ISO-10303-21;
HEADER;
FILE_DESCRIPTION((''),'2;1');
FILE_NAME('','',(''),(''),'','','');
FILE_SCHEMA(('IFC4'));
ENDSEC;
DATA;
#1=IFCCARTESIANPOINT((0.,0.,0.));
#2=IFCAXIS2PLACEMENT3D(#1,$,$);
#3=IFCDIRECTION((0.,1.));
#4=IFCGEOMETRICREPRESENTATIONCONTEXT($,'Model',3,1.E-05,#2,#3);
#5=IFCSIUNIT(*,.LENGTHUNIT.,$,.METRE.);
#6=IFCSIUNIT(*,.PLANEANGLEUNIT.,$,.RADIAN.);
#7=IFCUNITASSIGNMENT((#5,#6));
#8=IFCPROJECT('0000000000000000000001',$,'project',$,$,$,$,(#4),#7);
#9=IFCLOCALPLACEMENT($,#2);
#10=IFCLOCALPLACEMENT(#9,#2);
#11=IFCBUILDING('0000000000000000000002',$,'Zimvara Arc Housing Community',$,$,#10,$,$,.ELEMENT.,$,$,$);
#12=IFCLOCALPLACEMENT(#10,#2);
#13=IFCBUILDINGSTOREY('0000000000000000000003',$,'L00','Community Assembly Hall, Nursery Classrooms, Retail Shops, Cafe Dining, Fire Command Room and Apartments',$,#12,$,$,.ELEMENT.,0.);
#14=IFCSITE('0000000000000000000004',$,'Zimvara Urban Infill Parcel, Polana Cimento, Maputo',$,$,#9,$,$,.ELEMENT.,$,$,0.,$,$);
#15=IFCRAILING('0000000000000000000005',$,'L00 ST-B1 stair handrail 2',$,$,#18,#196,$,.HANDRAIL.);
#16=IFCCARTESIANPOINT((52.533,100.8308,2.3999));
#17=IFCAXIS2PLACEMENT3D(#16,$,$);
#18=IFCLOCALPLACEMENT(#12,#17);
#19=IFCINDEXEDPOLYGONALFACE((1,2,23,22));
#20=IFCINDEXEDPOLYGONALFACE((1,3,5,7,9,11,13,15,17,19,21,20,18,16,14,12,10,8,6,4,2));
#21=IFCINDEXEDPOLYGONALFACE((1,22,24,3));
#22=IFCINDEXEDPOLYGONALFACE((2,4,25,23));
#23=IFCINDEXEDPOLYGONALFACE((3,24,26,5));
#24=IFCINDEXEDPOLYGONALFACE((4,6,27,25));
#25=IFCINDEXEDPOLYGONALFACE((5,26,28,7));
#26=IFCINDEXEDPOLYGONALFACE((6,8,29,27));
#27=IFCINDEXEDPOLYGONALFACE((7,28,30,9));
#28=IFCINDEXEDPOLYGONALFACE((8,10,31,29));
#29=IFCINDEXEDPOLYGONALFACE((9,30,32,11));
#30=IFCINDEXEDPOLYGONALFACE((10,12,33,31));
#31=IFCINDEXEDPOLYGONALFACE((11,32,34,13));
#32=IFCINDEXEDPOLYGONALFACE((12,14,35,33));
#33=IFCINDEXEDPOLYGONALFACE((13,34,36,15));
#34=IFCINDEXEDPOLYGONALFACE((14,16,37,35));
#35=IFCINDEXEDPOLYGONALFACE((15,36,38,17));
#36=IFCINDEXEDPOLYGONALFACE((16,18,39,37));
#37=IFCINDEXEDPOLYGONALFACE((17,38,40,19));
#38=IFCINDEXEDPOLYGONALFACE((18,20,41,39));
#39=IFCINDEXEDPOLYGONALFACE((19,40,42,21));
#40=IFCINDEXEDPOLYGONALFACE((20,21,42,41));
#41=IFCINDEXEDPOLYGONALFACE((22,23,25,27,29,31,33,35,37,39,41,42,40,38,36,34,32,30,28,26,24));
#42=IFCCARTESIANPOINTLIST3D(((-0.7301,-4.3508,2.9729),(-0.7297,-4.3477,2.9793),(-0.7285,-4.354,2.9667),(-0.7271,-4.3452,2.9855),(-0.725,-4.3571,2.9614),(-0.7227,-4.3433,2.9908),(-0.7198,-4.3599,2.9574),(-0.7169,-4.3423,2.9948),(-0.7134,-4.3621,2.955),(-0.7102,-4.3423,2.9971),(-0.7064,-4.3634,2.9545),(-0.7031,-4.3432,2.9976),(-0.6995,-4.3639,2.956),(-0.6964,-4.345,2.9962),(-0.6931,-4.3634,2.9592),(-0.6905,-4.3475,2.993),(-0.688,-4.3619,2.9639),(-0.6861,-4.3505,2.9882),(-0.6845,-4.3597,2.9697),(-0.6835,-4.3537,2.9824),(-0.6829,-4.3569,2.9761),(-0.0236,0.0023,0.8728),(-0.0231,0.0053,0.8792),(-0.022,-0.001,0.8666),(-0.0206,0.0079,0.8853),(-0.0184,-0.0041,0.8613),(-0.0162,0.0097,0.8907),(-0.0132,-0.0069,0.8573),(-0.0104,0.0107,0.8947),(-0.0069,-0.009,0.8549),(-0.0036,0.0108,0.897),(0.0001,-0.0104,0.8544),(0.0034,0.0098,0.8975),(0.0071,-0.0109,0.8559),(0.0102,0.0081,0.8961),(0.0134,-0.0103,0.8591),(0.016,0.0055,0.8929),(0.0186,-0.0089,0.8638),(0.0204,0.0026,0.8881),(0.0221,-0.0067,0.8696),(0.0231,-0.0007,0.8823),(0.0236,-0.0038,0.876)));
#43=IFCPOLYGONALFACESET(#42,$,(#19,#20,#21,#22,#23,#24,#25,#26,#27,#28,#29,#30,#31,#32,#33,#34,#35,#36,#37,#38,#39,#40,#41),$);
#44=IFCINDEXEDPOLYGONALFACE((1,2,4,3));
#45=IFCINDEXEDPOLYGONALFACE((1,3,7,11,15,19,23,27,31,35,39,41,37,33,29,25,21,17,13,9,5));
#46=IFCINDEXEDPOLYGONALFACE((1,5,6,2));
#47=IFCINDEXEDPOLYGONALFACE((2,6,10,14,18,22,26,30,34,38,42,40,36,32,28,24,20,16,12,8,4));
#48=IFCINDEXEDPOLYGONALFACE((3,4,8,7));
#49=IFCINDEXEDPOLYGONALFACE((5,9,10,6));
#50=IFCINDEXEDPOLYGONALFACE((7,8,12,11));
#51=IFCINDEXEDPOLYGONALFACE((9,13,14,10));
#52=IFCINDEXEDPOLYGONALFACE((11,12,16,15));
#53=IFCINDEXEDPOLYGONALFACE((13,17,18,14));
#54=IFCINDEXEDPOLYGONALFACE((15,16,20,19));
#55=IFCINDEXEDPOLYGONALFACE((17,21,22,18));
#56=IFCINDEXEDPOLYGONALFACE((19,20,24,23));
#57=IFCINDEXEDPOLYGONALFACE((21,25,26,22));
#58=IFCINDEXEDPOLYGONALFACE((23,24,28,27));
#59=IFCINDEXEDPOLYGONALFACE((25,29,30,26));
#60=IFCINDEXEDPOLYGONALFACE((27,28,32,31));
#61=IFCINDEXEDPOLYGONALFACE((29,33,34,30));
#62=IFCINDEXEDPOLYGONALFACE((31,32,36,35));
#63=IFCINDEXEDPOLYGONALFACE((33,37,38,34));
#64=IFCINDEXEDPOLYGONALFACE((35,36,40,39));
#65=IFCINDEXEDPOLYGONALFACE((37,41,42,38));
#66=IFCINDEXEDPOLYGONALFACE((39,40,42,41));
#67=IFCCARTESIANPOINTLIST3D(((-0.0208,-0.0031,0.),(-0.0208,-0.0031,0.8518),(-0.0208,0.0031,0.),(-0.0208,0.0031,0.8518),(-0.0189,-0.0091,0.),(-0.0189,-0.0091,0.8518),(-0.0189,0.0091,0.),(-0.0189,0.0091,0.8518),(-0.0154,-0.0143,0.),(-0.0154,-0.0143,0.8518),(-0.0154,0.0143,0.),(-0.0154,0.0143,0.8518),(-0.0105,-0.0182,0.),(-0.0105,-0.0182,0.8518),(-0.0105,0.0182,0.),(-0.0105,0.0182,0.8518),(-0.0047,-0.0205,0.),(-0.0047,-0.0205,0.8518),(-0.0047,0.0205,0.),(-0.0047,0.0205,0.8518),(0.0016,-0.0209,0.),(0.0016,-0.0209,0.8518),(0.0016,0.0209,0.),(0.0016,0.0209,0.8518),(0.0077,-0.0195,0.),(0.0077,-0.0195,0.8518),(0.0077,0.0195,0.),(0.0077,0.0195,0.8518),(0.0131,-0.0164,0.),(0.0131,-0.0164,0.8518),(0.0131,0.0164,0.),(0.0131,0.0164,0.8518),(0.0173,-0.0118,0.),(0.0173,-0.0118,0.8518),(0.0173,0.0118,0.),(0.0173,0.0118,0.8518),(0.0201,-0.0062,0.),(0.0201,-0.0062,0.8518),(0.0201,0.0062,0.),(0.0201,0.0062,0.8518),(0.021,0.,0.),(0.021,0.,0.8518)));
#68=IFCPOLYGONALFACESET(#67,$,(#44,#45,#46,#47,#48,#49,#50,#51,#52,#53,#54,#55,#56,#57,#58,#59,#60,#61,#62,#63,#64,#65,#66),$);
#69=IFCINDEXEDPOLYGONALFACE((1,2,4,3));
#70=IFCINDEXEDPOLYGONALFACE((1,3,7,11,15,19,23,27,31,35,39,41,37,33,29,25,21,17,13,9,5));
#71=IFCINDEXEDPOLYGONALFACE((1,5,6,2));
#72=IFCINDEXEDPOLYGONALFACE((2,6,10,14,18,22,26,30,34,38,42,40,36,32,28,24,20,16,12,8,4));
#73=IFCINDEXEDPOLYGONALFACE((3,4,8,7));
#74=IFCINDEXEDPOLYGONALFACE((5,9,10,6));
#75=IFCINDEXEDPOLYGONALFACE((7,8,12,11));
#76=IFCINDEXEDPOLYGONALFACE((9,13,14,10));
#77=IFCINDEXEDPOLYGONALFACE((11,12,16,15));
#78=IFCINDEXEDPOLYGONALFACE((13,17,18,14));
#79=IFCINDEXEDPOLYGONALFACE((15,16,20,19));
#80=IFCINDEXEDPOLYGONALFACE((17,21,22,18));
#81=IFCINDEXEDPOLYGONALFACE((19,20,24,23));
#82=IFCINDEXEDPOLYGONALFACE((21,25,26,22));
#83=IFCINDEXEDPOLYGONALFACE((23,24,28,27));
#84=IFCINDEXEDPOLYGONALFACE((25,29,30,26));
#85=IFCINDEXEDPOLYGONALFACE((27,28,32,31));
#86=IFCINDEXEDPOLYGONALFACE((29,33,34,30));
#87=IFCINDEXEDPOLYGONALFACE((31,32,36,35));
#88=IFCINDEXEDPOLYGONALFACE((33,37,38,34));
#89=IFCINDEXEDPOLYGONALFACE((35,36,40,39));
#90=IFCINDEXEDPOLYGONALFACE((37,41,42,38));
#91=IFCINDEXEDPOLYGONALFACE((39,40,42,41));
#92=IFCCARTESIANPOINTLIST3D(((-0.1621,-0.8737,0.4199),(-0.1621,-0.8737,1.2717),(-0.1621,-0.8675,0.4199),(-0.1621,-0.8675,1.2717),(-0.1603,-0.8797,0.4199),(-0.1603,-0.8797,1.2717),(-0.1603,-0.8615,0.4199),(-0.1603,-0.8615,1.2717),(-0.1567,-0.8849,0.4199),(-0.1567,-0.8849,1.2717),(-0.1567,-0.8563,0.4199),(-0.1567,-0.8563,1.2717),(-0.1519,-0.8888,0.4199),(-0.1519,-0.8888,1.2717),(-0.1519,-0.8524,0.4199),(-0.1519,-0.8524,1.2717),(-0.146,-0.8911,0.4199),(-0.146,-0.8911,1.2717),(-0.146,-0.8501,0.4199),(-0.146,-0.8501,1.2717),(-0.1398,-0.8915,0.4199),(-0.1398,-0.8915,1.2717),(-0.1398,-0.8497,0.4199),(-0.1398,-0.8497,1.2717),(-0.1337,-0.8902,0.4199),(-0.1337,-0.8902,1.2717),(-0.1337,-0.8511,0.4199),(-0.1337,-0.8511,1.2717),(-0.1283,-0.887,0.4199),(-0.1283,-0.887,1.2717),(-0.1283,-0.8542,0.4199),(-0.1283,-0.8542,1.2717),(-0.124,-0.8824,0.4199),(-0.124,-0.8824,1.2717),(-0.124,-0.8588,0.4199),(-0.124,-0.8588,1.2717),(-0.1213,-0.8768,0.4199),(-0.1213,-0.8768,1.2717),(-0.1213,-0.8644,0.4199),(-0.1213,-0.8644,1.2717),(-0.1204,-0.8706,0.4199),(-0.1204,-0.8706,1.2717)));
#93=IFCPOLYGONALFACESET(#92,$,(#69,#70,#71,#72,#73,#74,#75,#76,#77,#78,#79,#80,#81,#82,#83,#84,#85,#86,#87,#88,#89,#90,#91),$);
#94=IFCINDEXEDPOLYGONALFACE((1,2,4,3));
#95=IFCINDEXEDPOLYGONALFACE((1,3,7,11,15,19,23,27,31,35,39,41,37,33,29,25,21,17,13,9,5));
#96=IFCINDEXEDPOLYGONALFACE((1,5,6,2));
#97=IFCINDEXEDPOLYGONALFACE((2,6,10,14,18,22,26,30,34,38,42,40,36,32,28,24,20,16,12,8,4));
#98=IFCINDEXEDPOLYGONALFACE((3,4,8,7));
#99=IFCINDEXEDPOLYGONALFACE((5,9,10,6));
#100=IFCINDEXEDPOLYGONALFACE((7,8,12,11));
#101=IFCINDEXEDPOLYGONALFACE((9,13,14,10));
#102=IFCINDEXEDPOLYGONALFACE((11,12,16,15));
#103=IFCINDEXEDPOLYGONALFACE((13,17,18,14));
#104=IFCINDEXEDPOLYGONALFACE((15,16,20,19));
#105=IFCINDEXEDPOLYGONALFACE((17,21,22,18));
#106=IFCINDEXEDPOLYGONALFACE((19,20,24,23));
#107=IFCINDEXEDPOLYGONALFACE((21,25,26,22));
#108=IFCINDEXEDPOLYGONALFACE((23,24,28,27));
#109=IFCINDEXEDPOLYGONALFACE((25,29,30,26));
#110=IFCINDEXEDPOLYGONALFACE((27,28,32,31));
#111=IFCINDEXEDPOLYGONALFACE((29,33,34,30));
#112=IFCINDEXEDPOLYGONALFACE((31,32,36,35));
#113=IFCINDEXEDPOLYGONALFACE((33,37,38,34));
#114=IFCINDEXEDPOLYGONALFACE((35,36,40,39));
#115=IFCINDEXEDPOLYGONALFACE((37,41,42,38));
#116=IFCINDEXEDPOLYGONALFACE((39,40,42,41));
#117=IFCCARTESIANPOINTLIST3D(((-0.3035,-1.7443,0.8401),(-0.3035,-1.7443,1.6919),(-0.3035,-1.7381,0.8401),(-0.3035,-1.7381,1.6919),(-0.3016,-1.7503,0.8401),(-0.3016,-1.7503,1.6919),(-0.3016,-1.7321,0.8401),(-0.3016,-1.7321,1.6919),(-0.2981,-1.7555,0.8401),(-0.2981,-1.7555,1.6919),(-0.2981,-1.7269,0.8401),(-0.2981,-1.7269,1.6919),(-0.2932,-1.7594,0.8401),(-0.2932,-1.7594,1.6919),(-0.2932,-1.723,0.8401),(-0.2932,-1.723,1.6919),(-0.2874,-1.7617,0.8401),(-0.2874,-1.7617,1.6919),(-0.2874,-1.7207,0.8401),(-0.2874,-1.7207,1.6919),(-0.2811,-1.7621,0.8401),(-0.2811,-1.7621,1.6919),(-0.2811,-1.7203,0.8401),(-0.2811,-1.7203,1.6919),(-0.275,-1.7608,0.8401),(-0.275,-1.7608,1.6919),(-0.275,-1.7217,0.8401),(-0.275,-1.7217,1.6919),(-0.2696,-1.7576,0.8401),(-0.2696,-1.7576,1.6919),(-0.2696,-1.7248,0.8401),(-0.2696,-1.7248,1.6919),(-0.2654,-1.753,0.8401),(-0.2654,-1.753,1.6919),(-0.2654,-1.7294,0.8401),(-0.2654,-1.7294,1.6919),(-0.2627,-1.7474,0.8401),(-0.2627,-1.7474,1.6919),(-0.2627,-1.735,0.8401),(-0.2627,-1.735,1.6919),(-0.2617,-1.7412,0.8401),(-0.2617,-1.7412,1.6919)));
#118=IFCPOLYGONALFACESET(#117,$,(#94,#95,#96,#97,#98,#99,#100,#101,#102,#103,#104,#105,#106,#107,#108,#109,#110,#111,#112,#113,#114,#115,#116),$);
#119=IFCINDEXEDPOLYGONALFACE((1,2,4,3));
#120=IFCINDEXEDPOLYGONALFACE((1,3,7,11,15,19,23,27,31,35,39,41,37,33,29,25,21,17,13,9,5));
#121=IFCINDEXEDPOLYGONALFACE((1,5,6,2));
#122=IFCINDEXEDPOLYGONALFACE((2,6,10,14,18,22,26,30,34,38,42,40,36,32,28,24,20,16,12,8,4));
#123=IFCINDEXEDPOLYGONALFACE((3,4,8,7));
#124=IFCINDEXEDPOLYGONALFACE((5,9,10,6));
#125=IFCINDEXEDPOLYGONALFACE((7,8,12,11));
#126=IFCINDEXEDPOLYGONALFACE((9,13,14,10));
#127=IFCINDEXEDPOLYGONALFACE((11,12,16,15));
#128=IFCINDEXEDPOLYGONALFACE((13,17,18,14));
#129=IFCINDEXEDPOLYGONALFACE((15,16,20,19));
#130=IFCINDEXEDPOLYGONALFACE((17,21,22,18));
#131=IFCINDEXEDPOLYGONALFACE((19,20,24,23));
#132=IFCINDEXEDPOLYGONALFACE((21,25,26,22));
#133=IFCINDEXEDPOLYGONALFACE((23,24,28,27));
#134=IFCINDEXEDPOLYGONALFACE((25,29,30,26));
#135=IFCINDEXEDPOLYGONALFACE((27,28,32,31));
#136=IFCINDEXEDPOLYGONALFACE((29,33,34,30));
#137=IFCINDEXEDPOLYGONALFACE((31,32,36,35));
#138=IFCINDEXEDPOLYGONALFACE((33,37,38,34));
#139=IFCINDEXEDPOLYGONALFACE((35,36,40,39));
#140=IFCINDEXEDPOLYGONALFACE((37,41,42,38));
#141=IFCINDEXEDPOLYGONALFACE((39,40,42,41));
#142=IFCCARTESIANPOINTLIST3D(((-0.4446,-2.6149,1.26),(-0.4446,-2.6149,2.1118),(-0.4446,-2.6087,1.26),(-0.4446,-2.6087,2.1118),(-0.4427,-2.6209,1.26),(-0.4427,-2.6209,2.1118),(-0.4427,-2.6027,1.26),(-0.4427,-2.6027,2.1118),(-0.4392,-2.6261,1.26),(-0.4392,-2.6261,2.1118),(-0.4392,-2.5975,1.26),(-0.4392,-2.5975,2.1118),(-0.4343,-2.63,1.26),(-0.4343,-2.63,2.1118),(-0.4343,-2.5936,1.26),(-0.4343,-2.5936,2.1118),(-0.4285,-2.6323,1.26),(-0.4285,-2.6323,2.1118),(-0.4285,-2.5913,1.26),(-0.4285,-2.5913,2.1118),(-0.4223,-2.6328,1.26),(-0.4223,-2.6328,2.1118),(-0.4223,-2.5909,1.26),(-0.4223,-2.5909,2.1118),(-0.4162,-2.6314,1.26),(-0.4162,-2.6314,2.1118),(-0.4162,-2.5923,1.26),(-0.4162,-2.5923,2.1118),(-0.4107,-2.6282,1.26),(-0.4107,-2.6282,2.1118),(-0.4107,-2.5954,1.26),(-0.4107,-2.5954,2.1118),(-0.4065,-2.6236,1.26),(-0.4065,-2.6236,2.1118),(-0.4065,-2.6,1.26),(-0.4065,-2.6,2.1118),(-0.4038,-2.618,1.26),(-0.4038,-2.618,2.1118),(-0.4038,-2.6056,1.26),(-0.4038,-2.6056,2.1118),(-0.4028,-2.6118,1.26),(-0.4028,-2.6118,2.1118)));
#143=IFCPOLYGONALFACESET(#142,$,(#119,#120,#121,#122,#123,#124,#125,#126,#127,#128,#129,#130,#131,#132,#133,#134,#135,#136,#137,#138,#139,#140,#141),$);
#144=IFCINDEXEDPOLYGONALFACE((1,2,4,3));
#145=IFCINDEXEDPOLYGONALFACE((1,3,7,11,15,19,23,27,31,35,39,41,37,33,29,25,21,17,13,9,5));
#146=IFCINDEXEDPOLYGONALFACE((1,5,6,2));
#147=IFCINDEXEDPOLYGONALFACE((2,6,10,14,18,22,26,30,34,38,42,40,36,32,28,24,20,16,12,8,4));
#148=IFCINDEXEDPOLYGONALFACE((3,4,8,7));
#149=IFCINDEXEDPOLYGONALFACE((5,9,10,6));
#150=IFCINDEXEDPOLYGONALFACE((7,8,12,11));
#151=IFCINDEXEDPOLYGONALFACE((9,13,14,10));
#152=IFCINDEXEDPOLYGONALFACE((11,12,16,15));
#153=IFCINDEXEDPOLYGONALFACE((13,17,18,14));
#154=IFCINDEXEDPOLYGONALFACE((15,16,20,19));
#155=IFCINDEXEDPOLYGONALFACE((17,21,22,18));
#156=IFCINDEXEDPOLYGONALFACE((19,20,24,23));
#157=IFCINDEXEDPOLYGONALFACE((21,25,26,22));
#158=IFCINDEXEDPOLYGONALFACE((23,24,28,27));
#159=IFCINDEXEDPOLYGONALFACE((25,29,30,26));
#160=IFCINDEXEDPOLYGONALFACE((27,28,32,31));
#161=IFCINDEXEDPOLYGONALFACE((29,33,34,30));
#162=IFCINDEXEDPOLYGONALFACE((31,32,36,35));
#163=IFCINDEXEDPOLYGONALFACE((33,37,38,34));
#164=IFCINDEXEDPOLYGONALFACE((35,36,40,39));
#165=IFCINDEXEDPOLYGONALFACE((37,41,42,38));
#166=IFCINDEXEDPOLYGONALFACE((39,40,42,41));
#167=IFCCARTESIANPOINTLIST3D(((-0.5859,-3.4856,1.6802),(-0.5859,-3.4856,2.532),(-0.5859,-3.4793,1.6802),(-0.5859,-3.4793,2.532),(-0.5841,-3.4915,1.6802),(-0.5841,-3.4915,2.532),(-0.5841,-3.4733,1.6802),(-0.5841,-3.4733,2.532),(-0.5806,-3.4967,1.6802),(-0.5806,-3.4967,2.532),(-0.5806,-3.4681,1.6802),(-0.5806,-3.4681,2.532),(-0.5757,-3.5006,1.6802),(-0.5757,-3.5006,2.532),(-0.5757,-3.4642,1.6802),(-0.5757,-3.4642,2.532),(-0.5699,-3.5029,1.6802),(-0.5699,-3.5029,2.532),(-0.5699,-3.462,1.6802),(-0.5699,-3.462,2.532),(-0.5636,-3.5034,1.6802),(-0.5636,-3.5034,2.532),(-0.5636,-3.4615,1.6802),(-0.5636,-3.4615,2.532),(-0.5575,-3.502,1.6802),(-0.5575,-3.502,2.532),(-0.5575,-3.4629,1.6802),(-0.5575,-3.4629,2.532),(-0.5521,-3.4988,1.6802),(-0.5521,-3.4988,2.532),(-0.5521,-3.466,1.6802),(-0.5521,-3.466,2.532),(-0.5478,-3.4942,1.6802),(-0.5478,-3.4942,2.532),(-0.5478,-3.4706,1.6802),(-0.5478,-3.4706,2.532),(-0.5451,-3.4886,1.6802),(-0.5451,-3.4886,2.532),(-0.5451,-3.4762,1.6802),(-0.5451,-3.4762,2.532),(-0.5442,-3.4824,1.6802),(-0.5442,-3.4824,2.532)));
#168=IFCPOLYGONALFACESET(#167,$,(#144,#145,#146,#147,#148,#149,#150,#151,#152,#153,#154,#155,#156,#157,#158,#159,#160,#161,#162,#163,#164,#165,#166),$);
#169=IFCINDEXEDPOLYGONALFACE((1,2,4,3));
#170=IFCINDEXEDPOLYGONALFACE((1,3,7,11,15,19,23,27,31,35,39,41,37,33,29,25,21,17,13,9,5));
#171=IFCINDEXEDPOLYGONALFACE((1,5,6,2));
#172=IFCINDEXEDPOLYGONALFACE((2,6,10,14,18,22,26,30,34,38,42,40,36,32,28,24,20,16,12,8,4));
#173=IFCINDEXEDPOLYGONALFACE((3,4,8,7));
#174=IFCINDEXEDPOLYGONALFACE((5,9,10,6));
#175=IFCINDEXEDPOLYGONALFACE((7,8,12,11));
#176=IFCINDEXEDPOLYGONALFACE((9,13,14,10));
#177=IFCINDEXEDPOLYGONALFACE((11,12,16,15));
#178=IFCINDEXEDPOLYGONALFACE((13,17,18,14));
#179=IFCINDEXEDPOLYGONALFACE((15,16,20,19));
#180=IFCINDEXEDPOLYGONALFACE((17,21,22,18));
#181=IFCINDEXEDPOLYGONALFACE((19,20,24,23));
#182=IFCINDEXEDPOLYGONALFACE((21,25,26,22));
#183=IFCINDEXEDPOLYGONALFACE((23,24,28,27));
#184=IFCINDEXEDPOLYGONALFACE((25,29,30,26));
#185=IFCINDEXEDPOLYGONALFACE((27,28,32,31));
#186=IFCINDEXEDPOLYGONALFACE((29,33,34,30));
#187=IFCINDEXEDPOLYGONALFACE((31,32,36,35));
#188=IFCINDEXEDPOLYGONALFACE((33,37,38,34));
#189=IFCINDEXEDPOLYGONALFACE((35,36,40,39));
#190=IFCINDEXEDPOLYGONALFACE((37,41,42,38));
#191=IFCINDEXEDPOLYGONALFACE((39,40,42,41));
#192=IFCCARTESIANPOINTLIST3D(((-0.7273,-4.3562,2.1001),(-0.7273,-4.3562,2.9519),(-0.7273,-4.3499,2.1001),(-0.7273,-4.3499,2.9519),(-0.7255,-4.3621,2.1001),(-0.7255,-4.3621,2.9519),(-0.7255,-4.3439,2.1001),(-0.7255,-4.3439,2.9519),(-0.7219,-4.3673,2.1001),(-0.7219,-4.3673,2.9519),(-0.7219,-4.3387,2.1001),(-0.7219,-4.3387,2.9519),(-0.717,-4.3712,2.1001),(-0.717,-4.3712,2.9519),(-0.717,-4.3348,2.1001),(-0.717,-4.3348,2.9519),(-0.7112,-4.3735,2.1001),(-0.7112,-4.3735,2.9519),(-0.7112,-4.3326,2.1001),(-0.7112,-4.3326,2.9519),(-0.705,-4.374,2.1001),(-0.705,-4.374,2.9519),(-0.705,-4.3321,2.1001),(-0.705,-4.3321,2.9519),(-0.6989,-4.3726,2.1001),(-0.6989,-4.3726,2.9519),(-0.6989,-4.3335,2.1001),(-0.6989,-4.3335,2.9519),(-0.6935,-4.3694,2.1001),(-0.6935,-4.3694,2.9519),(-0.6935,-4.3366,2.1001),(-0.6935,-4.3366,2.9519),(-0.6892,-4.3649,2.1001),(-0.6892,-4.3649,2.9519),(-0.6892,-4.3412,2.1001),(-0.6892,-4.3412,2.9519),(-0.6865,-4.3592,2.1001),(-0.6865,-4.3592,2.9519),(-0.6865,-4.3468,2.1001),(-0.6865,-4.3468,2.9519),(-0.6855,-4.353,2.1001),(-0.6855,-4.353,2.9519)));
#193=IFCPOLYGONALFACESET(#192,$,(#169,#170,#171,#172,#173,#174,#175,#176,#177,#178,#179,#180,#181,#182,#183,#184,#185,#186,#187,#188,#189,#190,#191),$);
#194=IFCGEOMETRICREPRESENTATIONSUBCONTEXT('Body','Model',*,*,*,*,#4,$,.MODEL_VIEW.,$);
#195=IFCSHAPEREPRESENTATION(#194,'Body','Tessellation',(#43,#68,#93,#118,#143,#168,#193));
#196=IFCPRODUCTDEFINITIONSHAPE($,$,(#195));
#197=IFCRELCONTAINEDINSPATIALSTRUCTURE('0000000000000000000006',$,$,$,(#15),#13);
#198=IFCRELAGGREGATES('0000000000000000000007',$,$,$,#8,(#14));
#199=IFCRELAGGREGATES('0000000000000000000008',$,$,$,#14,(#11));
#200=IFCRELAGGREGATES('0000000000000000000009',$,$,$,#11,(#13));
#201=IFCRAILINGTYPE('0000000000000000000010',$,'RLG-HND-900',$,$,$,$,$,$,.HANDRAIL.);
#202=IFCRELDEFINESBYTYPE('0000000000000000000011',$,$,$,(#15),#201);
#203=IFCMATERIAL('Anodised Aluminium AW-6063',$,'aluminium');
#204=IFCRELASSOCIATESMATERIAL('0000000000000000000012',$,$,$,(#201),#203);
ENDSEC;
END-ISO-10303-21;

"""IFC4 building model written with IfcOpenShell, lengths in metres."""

from ifc_helpers import new_model, si_unit, direction, frame, origin, origin_2d, place, context, subcontext, project, spatial, circle, extrude, material, type_object, element, save


model = new_model("IFC4")

# Units and contexts
model_context = context("Model", 3, precision=1e-05, world=origin(), true_north=direction((0.0, 1.0)))
body_context = subcontext(model_context, "Body", "Model", "MODEL_VIEW")
ifc_project = project(units=[si_unit("LENGTHUNIT", "METRE"), si_unit("PLANEANGLEUNIT", "RADIAN")], contexts=[model_context])

# Site, building, storey
site_placement = place(None, origin())
site = spatial("IfcSite", under=ifc_project, at=site_placement, Name="Zimvara Urban Infill Parcel, Polana Cimento, Maputo", CompositionType="ELEMENT", RefElevation=0.0)
building_placement = place(site_placement, origin())
building = spatial("IfcBuilding", under=site, at=building_placement, Name="Zimvara Arc Housing Community", CompositionType="ELEMENT")
storey_placement = place(building_placement, origin())
storey = spatial("IfcBuildingStorey", under=building, at=storey_placement, Name="L00", Description="Community Assembly Hall, Nursery Classrooms, Retail Shops, Cafe Dining, Fire Command Room and Apartments", CompositionType="ELEMENT", Elevation=0.0)

# Railing
ifc_material_1 = material(Name="Anodised Aluminium AW-6063", Category="aluminium")
railing_type = type_object("IfcRailingType", Name="RLG-HND-900", PredefinedType="HANDRAIL", material=ifc_material_1)
railing_placement = place(storey_placement, frame((52.533, 100.8308, 2.3999)))
element("IfcRailing", 1, at=railing_placement, inside=storey, type_object=railing_type, Name="L00 ST-B1 stair handrail 2", PredefinedType="HANDRAIL", context=body_context, shape_type="SweptSolid", body=[
    extrude(circle(Radius=0.0239, at=origin_2d()), frame((0.0, 0.0, 0.876), z_axis=(-0.14465, -0.89119, 0.42995), x_axis=(0.987082, -0.160214, 0.0)), (0.0, 0.0, 1.0), 4.8845),
    extrude(circle(Radius=0.021, at=origin_2d()), origin(), (0.0, 0.0, 1.0), 0.8518),
    extrude(circle(Radius=0.021, at=origin_2d()), frame((-0.1414, -0.8706, 0.4199)), (0.0, 0.0, 1.0), 0.8518),
    extrude(circle(Radius=0.021, at=origin_2d()), frame((-0.2827, -1.7412, 0.8401)), (0.0, 0.0, 1.0), 0.8518),
    extrude(circle(Radius=0.021, at=origin_2d()), frame((-0.4238, -2.6118, 1.26)), (0.0, 0.0, 1.0), 0.8518),
    extrude(circle(Radius=0.021, at=origin_2d()), frame((-0.5652, -3.4824, 1.6802)), (0.0, 0.0, 1.0), 0.8518),
    extrude(circle(Radius=0.021, at=origin_2d()), frame((-0.7065, -4.353, 2.1001)), (0.0, 0.0, 1.0), 0.8518),
])

save(model, "model.ifc")
